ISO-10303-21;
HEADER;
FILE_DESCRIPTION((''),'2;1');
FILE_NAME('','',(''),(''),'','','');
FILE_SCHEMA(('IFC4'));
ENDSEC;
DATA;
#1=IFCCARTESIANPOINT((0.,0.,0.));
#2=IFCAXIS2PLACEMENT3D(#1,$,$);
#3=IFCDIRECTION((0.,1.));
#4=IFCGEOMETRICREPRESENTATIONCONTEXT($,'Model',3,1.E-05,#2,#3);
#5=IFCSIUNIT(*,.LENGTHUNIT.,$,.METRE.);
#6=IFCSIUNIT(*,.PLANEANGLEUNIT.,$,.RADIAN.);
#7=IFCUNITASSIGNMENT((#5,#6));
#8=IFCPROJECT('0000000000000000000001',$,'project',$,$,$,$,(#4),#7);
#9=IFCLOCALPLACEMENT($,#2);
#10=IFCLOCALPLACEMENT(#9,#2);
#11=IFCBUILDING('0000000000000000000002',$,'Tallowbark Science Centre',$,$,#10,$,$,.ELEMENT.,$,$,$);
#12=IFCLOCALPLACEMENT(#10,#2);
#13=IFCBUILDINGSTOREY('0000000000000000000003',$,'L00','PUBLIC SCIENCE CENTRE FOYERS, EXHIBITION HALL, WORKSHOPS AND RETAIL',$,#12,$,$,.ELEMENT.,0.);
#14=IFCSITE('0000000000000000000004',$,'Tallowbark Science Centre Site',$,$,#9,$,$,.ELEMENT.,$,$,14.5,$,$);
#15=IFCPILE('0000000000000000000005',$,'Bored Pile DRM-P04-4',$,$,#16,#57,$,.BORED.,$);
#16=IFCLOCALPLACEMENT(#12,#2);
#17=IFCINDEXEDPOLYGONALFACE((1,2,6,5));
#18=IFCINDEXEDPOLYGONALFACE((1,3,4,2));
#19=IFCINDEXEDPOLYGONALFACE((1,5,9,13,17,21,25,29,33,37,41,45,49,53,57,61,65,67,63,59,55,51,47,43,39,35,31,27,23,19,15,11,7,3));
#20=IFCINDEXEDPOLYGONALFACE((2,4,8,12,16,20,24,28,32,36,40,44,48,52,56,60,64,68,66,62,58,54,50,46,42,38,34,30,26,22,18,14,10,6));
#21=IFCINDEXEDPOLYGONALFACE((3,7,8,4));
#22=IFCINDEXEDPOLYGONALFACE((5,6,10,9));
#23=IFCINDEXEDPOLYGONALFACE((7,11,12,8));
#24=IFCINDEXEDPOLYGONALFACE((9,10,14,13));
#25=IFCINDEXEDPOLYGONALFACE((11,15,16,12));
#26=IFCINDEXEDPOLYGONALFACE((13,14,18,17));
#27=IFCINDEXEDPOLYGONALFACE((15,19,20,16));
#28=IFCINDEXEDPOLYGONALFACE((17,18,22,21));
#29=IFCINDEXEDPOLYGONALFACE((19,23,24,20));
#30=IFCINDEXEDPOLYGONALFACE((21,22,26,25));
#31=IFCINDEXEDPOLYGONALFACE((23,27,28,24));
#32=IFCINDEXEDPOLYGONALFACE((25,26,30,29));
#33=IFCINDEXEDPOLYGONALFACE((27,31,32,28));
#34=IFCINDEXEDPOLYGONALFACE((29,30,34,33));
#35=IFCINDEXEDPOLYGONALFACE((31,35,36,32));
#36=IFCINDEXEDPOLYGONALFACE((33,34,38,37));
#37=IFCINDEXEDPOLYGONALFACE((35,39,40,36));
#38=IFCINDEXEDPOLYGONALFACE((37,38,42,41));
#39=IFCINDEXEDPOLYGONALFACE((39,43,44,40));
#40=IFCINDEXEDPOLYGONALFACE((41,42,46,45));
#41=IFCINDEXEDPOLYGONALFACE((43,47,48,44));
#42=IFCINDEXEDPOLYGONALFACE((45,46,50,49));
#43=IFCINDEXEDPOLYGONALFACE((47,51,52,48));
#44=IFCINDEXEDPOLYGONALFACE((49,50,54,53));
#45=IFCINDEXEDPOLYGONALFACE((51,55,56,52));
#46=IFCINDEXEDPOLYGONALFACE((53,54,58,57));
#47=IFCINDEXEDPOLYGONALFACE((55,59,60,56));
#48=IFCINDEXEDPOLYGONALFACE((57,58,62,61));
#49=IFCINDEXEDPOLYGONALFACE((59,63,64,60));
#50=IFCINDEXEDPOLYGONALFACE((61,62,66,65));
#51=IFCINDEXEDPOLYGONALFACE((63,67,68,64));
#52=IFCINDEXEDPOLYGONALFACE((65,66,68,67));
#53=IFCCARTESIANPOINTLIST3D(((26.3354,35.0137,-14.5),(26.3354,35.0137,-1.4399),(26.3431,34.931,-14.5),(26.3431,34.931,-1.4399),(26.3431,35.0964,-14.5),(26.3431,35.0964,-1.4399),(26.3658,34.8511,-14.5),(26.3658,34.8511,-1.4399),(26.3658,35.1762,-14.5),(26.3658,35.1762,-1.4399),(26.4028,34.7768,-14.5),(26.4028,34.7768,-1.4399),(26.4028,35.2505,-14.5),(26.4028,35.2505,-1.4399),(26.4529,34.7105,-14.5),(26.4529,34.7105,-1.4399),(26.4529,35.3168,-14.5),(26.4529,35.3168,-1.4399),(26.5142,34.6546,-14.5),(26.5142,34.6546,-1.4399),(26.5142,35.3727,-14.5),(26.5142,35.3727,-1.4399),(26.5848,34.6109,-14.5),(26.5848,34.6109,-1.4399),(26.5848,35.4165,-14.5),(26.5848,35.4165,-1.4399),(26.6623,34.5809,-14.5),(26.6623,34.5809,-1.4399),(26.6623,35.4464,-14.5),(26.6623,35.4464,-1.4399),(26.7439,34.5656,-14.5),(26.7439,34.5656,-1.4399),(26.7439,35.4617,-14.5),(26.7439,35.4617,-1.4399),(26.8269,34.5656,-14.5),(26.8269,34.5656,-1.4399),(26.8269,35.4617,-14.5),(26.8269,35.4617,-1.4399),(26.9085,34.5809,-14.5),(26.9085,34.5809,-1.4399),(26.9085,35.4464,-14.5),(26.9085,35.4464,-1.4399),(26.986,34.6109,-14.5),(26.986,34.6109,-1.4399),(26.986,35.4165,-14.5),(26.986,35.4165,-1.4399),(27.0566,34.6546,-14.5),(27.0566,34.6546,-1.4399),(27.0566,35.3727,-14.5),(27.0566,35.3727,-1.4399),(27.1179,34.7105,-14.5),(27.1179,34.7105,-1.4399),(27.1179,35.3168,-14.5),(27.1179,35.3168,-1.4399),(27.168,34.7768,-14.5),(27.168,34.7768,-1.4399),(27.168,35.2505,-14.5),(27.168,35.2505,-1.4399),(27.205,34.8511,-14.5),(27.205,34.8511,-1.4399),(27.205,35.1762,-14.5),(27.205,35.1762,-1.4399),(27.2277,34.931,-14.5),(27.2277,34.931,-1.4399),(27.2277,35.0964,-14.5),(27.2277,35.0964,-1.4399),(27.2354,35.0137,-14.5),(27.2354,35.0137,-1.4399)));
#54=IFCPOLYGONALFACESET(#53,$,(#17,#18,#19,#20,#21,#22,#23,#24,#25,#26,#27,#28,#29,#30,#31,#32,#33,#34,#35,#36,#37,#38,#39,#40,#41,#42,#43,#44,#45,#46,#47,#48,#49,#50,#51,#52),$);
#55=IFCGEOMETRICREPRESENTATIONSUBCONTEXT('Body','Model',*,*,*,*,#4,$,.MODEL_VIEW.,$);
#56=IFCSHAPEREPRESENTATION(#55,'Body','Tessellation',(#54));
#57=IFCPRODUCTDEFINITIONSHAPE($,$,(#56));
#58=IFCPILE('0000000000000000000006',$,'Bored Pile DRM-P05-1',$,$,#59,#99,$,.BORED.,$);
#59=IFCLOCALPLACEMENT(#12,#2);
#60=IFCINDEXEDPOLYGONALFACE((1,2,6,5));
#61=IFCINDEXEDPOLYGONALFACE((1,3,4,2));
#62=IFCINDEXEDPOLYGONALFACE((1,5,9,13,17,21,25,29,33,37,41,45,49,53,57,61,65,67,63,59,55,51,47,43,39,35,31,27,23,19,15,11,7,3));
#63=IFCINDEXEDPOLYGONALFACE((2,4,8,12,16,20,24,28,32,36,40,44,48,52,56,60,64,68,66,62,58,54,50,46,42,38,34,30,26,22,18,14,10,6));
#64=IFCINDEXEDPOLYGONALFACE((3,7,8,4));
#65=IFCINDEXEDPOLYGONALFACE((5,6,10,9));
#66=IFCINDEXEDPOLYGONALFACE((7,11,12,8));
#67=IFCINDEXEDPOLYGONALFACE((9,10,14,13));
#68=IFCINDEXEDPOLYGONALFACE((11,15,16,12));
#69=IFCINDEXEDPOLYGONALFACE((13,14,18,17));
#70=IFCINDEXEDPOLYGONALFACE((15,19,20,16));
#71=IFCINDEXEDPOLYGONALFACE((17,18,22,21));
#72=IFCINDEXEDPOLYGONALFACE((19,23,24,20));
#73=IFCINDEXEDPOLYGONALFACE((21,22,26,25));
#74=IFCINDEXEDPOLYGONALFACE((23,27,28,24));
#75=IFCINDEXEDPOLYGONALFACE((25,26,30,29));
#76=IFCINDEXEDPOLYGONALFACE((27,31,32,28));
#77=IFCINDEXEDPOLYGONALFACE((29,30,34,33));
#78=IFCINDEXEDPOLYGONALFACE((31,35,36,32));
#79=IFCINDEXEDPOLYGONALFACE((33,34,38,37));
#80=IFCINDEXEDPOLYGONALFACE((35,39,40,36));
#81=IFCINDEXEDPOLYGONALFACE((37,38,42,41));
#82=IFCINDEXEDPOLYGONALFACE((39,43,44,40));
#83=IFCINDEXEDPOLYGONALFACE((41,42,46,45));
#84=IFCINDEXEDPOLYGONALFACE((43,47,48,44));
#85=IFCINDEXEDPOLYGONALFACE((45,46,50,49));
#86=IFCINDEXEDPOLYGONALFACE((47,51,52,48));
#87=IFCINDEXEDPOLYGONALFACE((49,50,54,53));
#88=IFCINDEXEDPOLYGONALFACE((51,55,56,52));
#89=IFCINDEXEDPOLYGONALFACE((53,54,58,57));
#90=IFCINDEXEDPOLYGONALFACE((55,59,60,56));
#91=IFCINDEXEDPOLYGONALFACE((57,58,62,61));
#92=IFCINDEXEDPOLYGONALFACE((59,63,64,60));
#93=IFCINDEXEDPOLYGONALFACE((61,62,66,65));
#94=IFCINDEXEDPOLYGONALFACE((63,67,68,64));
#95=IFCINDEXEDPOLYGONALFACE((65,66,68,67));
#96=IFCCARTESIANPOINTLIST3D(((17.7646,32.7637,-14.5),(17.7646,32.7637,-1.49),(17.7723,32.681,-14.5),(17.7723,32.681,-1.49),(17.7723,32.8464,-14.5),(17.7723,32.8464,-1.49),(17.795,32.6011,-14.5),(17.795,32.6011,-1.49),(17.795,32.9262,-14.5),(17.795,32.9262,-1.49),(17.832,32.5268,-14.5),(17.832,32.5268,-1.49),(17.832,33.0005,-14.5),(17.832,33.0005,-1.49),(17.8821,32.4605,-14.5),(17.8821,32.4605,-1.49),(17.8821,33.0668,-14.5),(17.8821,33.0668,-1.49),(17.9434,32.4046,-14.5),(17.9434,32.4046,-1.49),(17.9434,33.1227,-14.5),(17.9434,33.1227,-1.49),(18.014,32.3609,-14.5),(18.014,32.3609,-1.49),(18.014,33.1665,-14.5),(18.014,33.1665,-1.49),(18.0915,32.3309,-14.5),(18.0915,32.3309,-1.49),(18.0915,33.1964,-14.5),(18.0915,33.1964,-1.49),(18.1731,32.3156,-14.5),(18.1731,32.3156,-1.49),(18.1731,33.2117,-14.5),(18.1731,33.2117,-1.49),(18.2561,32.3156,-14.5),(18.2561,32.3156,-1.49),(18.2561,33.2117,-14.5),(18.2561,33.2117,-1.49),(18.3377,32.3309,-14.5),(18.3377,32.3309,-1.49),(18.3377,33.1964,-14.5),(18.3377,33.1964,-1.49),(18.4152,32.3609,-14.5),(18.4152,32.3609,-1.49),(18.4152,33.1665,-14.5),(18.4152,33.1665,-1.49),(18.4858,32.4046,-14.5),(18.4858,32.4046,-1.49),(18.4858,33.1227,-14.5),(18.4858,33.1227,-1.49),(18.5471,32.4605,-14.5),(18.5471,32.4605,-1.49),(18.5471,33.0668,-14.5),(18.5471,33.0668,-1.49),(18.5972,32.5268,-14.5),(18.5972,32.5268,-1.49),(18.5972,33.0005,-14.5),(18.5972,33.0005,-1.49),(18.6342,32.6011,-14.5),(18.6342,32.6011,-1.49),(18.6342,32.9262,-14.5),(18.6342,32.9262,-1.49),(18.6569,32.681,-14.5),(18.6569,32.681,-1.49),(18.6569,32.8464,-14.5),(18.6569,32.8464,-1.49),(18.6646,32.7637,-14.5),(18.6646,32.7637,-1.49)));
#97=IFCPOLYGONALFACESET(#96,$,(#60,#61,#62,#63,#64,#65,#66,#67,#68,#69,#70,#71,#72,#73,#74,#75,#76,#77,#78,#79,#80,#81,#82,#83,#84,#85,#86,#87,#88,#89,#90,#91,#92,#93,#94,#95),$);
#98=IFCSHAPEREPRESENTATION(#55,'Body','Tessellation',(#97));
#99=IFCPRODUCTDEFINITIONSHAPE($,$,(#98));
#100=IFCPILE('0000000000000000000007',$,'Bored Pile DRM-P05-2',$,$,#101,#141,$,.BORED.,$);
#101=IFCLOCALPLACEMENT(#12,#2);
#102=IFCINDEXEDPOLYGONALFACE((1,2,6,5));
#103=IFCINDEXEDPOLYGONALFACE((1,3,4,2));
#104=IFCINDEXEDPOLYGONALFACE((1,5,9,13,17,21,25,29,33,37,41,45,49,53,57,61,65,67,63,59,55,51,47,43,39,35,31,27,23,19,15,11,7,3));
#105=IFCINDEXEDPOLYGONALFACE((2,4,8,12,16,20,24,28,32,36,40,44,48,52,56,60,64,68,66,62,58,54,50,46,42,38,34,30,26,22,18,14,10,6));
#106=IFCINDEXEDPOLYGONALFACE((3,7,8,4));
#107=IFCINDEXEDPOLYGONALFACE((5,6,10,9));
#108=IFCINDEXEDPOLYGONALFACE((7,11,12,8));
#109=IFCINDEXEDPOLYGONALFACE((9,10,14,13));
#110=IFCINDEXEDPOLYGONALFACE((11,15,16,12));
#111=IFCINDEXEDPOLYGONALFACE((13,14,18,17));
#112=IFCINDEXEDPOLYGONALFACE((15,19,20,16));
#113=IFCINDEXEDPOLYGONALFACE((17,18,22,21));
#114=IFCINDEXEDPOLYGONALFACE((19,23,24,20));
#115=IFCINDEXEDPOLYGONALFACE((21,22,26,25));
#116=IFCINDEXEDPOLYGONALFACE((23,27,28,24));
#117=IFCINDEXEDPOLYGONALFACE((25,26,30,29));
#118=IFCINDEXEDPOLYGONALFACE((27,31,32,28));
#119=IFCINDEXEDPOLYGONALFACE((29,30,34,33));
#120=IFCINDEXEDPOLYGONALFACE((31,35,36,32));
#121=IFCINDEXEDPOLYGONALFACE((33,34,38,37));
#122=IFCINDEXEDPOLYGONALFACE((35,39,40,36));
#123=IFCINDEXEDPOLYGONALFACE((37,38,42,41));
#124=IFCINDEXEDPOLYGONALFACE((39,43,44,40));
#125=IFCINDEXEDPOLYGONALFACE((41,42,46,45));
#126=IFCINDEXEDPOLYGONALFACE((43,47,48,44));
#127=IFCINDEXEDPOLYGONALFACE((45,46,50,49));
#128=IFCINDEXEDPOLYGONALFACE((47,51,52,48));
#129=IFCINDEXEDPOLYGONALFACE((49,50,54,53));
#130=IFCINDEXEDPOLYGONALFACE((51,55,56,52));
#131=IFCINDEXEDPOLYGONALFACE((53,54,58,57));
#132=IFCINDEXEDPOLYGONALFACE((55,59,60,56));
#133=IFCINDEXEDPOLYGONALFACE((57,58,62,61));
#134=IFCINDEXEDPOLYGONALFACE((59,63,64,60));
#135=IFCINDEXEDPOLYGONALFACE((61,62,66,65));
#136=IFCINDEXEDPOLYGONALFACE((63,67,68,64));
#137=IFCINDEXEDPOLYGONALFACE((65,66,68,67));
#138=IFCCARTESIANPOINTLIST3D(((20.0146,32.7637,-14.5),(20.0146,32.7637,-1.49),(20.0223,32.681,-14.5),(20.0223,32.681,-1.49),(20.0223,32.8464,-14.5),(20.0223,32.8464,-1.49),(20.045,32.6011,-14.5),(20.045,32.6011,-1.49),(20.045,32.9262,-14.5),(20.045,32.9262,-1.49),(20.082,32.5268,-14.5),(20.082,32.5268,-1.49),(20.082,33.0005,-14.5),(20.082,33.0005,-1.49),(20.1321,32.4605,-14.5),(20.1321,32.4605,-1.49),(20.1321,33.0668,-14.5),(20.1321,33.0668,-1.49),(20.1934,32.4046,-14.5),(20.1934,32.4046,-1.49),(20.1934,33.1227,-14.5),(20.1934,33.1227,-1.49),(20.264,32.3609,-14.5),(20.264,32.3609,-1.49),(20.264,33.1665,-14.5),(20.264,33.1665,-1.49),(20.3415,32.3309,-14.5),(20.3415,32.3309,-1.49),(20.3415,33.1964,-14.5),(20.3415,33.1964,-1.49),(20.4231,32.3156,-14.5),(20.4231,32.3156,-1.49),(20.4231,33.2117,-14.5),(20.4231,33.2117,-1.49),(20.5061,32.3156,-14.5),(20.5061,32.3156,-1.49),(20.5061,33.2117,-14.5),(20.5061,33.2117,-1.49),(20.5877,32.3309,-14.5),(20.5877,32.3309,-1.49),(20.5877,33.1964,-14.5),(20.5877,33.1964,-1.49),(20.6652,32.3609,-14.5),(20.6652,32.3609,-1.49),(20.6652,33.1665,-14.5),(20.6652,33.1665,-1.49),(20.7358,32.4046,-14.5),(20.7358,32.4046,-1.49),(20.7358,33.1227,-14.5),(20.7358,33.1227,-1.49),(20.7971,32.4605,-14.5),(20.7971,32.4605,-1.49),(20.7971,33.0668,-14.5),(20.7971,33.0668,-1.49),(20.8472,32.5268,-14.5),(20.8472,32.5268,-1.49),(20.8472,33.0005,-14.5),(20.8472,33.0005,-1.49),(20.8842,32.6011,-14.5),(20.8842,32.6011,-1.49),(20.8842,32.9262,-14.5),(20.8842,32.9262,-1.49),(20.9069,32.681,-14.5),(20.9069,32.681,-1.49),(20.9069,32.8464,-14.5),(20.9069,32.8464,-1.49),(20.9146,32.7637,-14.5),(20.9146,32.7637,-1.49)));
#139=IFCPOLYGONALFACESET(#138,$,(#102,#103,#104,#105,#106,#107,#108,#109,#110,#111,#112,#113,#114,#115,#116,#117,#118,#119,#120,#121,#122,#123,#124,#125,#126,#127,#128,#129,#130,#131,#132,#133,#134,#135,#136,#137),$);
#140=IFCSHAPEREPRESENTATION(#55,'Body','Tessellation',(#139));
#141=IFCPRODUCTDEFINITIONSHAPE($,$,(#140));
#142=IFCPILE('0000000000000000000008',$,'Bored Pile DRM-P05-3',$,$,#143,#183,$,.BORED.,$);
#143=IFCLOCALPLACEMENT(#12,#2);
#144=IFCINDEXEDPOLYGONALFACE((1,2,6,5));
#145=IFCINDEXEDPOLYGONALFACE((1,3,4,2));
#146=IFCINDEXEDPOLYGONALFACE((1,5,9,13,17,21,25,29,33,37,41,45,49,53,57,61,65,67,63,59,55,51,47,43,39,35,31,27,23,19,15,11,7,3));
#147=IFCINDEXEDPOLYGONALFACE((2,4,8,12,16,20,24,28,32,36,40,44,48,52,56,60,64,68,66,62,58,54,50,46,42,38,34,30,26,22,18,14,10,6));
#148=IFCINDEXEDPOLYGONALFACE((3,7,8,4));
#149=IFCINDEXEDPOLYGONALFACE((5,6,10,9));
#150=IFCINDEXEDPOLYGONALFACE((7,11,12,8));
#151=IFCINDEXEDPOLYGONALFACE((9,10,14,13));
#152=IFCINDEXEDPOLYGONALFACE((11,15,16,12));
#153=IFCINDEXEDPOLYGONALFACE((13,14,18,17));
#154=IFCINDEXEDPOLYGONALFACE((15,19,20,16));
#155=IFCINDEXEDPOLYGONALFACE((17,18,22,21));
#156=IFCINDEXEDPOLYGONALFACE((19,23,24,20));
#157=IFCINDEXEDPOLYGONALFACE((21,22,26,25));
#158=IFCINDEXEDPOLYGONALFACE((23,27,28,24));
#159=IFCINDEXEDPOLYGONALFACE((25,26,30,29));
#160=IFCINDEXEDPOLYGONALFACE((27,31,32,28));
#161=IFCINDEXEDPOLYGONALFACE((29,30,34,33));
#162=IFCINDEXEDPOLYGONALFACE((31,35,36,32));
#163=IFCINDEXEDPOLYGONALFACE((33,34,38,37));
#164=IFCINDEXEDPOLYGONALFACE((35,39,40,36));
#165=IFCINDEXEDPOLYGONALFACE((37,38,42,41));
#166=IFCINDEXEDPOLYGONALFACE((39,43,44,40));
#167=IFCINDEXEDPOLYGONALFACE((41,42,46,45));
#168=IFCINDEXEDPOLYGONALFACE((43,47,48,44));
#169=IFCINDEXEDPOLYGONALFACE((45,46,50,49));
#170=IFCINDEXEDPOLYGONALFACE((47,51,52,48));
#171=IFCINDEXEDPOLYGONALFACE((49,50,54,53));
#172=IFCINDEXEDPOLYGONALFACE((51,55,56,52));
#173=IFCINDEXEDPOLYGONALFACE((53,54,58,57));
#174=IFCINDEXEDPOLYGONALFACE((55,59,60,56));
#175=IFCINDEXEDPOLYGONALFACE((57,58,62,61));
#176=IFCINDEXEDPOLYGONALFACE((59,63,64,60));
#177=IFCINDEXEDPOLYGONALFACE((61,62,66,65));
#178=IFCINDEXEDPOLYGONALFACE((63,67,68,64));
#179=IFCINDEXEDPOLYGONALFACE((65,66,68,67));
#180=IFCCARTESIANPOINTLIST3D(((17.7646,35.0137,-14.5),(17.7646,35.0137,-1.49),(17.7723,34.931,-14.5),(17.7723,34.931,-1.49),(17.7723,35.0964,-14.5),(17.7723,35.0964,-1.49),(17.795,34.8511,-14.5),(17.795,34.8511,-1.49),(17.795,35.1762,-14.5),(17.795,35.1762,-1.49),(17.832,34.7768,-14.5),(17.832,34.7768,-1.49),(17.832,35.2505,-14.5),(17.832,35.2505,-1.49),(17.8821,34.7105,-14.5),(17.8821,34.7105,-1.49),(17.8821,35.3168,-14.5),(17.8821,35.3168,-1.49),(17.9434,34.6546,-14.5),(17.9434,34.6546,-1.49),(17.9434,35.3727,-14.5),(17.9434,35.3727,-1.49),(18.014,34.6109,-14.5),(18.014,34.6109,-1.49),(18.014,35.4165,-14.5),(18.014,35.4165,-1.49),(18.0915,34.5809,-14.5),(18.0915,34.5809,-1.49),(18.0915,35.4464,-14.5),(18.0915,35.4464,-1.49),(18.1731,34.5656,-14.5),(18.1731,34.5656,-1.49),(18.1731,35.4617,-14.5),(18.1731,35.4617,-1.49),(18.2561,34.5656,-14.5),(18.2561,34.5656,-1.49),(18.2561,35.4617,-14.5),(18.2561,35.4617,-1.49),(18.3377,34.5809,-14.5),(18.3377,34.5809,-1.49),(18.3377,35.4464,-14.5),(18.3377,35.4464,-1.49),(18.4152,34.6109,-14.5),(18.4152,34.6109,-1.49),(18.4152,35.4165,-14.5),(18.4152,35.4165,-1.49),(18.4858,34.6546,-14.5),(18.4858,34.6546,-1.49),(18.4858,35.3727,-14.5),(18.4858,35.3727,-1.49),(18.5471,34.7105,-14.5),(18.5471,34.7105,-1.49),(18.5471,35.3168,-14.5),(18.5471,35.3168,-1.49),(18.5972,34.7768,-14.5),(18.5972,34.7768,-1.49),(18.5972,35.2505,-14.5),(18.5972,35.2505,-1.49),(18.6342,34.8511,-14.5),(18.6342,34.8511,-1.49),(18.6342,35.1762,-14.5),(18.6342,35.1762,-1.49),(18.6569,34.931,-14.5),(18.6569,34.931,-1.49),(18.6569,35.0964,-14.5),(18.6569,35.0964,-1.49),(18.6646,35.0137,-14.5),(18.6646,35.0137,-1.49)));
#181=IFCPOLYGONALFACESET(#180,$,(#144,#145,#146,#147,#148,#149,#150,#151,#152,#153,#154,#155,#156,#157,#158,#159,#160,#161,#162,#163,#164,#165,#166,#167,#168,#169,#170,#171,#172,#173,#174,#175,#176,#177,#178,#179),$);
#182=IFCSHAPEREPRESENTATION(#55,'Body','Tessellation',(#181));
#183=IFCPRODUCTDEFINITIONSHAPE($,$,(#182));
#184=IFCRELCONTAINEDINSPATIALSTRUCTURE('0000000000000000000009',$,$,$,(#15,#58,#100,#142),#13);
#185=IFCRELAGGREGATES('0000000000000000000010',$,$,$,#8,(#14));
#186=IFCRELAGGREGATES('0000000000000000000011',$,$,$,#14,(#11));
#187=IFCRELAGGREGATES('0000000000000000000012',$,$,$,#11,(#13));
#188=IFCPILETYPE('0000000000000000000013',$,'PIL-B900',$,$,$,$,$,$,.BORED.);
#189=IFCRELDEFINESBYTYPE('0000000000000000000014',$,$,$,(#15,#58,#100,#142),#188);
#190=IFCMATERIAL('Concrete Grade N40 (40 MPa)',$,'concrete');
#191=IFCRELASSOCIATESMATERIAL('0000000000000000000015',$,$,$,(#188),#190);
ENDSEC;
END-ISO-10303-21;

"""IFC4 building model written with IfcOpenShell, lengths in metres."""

from ifc_helpers import new_model, si_unit, direction, frame, origin, origin_2d, place, context, subcontext, project, spatial, circle, extrude, material, material_profile, profile_set, type_object, element, save


model = new_model("IFC4")

# Units and contexts
model_context = context("Model", 3, precision=1e-05, world=origin(), true_north=direction((0.0, 1.0)))
body_context = subcontext(model_context, "Body", "Model", "MODEL_VIEW")
ifc_project = project(units=[si_unit("LENGTHUNIT", "METRE"), si_unit("PLANEANGLEUNIT", "RADIAN")], contexts=[model_context])

# Site, building, storey
site_placement = place(None, origin())
site = spatial("IfcSite", under=ifc_project, at=site_placement, Name="Tallowbark Science Centre Site", CompositionType="ELEMENT", RefElevation=14.5)
building_placement = place(site_placement, origin())
building = spatial("IfcBuilding", under=site, at=building_placement, Name="Tallowbark Science Centre", CompositionType="ELEMENT")
storey_placement = place(building_placement, origin())
storey = spatial("IfcBuildingStorey", under=building, at=storey_placement, Name="L00", Description="PUBLIC SCIENCE CENTRE FOYERS, EXHIBITION HALL, WORKSHOPS AND RETAIL", CompositionType="ELEMENT", Elevation=0.0)

# Shared definitions
ifc_material_1 = material(Name="Concrete Grade N40 (40 MPa)", Category="concrete")

# Piles
ifc_material_profile_1 = material_profile(ifc_material_1, circle(Radius=0.45, at=origin_2d()), Name="PILE900")
ifc_profile_set_1 = profile_set([ifc_material_profile_1], Name="Concrete Grade N40 (40 MPa)")
pile_type_1 = type_object("IfcPileType", Name="PIL-B900", PredefinedType="BORED", material=ifc_profile_set_1)
for number, where, z_axis, x_axis, name in (
    (1, (26.7854, 35.0137, -1.4399), (0.0, 0.0, -1.0), (1.0, 0.0, 0.0), "Bored Pile DRM-P04-4"),
):
    element("IfcPile", number, at=place(storey_placement, frame(where, z_axis=z_axis, x_axis=x_axis)), inside=storey, type_object=pile_type_1, Name=name, PredefinedType="BORED", context=body_context, shape_type="SweptSolid", body=[
        extrude(circle(Radius=0.45, at=origin_2d()), origin(), (0.0, 0.0, 1.0), 13.0601),
    ])
for number, where, z_axis, x_axis, name in (
    (2, (18.2146, 32.7637, -1.49), (0.0, 0.0, -1.0), (1.0, 0.0, 0.0), "Bored Pile DRM-P05-1"),
    (3, (20.4646, 32.7637, -1.49), (0.0, 0.0, -1.0), (1.0, 0.0, 0.0), "Bored Pile DRM-P05-2"),
    (4, (18.2146, 35.0137, -1.49), (0.0, 0.0, -1.0), (1.0, 0.0, 0.0), "Bored Pile DRM-P05-3"),
):
    element("IfcPile", number, at=place(storey_placement, frame(where, z_axis=z_axis, x_axis=x_axis)), inside=storey, type_object=pile_type_1, Name=name, PredefinedType="BORED", context=body_context, shape_type="SweptSolid", body=[
        extrude(circle(Radius=0.45, at=origin_2d()), origin(), (0.0, 0.0, 1.0), 13.01),
    ])

save(model, "model.ifc")
